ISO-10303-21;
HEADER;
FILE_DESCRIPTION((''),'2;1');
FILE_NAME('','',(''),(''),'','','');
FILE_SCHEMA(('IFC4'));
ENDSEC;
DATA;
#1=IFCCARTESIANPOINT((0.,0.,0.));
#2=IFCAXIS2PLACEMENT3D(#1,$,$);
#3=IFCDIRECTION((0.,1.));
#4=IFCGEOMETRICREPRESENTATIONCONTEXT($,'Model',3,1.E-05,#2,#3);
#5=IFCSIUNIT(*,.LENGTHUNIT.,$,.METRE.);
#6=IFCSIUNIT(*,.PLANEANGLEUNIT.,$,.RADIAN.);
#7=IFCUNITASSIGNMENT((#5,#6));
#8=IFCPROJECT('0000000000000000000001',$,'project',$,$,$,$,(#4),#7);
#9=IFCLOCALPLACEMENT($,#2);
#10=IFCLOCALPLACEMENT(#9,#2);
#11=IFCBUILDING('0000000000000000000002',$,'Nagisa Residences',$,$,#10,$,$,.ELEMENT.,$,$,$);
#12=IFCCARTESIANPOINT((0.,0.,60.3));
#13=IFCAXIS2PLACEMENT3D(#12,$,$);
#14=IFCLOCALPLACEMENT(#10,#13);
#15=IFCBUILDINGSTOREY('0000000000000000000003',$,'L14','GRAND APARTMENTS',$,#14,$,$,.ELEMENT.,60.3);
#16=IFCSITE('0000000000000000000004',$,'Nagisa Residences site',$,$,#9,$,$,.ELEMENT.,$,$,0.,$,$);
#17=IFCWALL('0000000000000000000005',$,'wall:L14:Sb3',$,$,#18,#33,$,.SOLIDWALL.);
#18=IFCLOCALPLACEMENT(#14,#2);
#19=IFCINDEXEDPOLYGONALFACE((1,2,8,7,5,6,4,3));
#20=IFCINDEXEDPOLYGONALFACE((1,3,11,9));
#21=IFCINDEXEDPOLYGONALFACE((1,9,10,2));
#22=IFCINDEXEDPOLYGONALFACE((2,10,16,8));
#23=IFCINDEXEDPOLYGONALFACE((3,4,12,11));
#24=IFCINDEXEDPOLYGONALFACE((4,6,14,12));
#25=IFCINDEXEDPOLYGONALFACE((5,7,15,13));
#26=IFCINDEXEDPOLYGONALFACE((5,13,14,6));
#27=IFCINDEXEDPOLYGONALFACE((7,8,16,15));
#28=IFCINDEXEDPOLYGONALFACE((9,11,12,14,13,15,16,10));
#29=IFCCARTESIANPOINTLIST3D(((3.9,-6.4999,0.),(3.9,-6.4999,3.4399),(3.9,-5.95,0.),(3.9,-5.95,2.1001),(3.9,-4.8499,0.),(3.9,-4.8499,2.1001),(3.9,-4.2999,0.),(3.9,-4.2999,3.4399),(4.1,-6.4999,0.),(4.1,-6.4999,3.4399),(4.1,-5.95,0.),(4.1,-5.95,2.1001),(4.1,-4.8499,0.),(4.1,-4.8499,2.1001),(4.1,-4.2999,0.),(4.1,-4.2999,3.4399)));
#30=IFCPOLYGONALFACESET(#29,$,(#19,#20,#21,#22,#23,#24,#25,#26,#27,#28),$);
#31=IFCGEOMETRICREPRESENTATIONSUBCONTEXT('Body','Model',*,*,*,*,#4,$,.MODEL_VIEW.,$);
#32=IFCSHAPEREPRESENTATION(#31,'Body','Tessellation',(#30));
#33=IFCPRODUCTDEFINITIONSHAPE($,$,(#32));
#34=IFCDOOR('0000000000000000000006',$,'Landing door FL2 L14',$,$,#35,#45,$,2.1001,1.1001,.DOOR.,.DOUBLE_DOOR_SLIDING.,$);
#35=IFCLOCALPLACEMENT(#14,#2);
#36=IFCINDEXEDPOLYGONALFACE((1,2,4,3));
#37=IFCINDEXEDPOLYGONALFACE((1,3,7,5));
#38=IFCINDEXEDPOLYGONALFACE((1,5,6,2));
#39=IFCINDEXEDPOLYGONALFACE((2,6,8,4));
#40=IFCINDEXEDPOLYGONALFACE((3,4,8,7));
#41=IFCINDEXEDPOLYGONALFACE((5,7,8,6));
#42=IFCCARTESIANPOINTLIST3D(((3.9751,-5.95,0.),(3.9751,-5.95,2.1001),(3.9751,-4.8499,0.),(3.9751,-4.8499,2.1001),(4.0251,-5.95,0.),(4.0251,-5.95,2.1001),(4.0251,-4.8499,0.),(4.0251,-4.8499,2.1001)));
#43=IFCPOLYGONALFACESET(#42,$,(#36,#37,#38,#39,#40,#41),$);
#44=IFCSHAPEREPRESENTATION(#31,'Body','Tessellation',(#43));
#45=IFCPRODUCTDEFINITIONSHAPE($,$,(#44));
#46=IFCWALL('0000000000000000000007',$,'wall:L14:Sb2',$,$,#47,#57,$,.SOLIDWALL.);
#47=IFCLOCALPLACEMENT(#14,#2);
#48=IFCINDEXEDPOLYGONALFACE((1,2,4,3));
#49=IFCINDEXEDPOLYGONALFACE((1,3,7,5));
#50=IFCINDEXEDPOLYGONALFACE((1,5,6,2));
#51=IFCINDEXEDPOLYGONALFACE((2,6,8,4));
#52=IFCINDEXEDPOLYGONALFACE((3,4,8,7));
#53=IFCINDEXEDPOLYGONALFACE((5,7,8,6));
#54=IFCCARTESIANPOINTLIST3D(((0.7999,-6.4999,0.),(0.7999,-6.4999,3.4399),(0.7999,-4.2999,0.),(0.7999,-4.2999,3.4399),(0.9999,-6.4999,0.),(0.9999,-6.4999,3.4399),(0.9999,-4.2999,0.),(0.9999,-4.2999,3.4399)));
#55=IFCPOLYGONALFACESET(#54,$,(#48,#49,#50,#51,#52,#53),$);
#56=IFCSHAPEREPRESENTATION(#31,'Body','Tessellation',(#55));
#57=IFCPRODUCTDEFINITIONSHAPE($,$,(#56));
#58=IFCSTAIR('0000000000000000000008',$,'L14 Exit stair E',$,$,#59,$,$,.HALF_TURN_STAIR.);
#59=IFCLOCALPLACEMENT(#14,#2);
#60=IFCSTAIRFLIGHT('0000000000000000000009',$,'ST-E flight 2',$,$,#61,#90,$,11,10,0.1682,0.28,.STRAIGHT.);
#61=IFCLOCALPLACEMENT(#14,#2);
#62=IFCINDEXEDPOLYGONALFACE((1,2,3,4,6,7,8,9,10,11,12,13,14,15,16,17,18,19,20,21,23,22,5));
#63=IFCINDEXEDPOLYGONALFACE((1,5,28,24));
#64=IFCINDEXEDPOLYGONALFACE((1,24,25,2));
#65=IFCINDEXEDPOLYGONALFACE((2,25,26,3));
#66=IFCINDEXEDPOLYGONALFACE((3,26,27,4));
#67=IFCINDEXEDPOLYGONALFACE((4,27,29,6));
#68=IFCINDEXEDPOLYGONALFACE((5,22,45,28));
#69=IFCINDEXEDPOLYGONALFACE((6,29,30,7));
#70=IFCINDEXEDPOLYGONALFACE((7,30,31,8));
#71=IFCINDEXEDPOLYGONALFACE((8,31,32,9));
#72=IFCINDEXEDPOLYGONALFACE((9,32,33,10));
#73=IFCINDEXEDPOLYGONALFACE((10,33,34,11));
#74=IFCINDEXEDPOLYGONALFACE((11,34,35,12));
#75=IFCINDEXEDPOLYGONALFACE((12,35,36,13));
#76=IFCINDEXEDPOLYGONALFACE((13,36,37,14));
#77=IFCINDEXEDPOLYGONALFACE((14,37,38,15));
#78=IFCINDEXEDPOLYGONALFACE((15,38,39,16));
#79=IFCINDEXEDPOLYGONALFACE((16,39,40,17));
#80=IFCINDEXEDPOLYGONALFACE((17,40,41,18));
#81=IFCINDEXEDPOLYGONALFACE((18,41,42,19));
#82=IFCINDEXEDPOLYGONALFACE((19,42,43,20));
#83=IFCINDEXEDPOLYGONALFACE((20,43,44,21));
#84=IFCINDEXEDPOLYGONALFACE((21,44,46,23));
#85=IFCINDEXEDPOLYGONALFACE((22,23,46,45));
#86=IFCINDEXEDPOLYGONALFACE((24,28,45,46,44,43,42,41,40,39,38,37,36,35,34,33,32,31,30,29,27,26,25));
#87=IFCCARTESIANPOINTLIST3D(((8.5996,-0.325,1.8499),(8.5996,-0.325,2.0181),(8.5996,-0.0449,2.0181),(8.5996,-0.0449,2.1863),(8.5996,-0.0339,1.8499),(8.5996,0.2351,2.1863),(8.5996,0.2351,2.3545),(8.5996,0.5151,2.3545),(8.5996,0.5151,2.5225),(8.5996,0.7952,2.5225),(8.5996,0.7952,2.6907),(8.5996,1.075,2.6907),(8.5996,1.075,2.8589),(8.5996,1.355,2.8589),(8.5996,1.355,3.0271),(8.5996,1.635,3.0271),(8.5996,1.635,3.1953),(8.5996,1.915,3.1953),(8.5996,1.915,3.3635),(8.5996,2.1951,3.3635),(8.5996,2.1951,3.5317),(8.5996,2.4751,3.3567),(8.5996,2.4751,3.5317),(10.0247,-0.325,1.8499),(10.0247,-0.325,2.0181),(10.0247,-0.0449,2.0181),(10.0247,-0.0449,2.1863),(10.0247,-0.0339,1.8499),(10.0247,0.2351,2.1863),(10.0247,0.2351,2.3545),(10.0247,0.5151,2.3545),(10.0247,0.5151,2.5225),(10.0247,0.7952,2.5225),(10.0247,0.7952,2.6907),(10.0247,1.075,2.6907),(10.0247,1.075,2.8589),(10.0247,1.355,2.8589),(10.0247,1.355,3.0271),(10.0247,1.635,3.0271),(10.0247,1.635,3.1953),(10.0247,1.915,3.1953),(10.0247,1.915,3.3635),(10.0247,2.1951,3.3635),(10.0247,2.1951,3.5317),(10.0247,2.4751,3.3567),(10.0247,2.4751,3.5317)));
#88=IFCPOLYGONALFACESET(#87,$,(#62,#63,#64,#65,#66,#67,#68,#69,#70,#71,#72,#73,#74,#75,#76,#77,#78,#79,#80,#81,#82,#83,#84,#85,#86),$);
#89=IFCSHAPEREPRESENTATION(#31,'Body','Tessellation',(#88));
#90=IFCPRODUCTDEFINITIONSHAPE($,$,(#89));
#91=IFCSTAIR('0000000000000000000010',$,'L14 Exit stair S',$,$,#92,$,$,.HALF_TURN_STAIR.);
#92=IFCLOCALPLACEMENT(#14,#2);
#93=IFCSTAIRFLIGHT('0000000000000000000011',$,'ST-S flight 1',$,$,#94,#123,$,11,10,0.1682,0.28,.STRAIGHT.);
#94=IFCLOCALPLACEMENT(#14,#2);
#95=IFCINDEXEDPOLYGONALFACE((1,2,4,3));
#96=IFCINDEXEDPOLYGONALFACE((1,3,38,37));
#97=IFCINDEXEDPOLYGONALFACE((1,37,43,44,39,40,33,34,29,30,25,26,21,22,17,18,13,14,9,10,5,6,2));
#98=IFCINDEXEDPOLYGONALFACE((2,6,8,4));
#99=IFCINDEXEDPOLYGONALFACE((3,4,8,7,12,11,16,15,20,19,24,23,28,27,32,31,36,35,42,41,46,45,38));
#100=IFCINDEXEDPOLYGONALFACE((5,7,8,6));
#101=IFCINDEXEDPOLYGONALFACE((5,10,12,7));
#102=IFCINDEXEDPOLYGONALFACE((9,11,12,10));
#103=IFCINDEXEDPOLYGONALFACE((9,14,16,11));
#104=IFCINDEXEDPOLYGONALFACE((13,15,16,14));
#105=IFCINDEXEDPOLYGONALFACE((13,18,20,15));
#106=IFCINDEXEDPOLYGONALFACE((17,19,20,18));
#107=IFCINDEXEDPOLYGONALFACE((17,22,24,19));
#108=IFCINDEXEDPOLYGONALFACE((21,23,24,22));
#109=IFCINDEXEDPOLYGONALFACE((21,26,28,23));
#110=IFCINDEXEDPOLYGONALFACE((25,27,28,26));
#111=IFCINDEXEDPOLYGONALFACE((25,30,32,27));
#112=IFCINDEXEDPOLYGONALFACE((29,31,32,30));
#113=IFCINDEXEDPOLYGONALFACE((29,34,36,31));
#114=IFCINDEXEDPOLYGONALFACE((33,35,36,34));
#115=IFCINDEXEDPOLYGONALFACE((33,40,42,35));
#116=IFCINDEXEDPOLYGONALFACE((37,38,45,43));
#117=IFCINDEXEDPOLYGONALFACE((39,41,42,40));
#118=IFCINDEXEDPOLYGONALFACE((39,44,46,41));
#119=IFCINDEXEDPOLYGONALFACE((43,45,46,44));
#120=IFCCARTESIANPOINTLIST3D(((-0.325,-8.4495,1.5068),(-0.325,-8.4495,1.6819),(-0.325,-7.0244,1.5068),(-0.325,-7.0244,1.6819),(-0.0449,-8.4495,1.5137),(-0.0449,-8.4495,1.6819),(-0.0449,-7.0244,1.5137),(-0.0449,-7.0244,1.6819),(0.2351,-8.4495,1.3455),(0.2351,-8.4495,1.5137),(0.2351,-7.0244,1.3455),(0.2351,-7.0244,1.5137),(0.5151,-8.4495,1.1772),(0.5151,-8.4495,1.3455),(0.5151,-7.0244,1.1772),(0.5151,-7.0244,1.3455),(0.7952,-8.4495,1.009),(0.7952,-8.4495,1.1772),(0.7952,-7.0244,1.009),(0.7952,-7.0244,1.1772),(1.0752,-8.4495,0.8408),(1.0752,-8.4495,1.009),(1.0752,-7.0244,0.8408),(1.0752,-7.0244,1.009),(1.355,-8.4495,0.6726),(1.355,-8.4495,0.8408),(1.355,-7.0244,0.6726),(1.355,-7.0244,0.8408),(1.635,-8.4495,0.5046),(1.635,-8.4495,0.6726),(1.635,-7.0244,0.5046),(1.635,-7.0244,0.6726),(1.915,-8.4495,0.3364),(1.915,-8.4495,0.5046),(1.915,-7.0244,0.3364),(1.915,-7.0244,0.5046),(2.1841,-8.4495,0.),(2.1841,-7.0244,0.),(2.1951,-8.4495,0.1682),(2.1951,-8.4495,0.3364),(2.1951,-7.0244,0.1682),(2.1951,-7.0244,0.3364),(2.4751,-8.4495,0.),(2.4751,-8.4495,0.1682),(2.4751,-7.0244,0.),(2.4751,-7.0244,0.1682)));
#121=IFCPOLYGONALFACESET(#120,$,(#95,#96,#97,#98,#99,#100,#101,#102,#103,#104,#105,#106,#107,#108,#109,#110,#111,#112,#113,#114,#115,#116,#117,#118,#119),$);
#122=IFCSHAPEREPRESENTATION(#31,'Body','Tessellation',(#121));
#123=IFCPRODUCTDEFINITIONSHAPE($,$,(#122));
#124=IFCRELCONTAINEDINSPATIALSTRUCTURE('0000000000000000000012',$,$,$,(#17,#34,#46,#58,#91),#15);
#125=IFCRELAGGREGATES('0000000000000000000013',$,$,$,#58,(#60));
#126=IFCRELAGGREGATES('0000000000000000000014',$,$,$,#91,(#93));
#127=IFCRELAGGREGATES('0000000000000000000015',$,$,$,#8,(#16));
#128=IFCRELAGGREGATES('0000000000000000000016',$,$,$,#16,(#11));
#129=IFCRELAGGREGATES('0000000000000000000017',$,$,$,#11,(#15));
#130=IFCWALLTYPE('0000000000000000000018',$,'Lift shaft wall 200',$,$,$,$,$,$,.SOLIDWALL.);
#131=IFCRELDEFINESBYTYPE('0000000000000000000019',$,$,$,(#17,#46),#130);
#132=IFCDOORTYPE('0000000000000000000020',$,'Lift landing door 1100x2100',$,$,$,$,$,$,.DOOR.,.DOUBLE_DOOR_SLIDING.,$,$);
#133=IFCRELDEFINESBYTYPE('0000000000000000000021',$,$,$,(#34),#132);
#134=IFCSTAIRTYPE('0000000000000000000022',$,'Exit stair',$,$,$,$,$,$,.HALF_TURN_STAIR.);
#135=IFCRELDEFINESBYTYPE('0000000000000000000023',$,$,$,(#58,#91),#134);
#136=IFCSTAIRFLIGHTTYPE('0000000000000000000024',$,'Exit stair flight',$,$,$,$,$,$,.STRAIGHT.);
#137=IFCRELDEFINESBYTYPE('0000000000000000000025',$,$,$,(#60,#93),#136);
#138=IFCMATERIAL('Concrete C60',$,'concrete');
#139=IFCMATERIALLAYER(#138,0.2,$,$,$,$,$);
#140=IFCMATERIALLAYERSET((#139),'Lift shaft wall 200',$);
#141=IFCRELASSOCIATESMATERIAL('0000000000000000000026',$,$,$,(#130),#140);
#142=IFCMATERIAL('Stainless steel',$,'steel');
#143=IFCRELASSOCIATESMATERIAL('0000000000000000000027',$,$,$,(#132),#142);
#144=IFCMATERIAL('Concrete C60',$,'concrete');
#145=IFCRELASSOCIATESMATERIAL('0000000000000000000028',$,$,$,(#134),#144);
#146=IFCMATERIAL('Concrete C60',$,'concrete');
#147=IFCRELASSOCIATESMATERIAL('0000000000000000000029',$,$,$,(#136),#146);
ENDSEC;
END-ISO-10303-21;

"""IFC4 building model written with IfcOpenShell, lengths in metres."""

from ifc_helpers import new_model, si_unit, direction, frame, frame_2d, origin, place, context, subcontext, project, spatial, polyline, rectangle, outline, extrude, material, layer, layer_set, type_object, element, fill, aggregate, save


model = new_model("IFC4")

# Units and contexts
model_context = context("Model", 3, precision=1e-05, world=origin(), true_north=direction((0.0, 1.0)))
body_context = subcontext(model_context, "Body", "Model", "MODEL_VIEW")
ifc_project = project(units=[si_unit("LENGTHUNIT", "METRE"), si_unit("PLANEANGLEUNIT", "RADIAN")], contexts=[model_context])

# Site, building, storey
site_placement = place(None, origin())
site = spatial("IfcSite", under=ifc_project, at=site_placement, Name="Nagisa Residences site", CompositionType="ELEMENT", RefElevation=0.0)
building_placement = place(site_placement, origin())
building = spatial("IfcBuilding", under=site, at=building_placement, Name="Nagisa Residences", CompositionType="ELEMENT")
storey_placement = place(building_placement, frame((0.0, 0.0, 60.3)))
storey = spatial("IfcBuildingStorey", under=building, at=storey_placement, Name="L14", Description="GRAND APARTMENTS", CompositionType="ELEMENT", Elevation=60.3)

# Wall, opening, door
ifc_material_1 = material(Name="Concrete C60", Category="concrete")
ifc_layer_1 = layer(ifc_material_1, 0.2)
ifc_layer_set_1 = layer_set([ifc_layer_1], Name="Lift shaft wall 200")
wall_type_1 = type_object("IfcWallType", Name="Lift shaft wall 200", PredefinedType="SOLIDWALL", material=ifc_layer_set_1)
wall_1_placement = place(storey_placement, frame((4.0, -6.5, 0.0), z_axis=(0.0, 0.0, 1.0), x_axis=(0.0, 1.0, 0.0)))
wall_1 = element("IfcWall", 1, at=wall_1_placement, inside=storey, type_object=wall_type_1, Name="wall:L14:Sb3", PredefinedType="SOLIDWALL", context=body_context, shape_type="SweptSolid", body=[
    extrude(rectangle(XDim=2.2, YDim=0.2, at=frame_2d((1.1001, 0.0))), origin(), (0.0, 0.0, 1.0), 3.4399),
])
opening_placement = place(wall_1_placement, frame((0.55, 0.0, 0.0)))
opening = element("IfcOpeningElement", 2, at=opening_placement, cuts=wall_1, PredefinedType="OPENING", context=body_context, shape_type="SweptSolid", body=[
    extrude(rectangle(XDim=1.1001, YDim=2.1001, at=frame_2d((0.55, 1.05))), frame((0.0, 0.1099, 0.0), z_axis=(0.0, -1.0, 0.0), x_axis=(1.0, 0.0, 0.0)), (0.0, 0.0, 1.0), 0.22),
])
ifc_material_2 = material(Name="Stainless steel", Category="steel")
door_type = type_object("IfcDoorType", Name="Lift landing door 1100x2100", OperationType="DOUBLE_DOOR_SLIDING", PredefinedType="DOOR", material=ifc_material_2)
door_placement = place(opening_placement, origin())
door = element("IfcDoor", 3, at=door_placement, inside=storey, type_object=door_type, Name="Landing door FL2 L14", OperationType="DOUBLE_DOOR_SLIDING", OverallHeight=2.1001, OverallWidth=1.1001, PredefinedType="DOOR", context=body_context, shape_type="SweptSolid", body=[
    extrude(rectangle(XDim=1.1001, YDim=2.1001, at=frame_2d((0.55, 1.05))), frame((0.0, 0.0249, 0.0), z_axis=(0.0, -1.0, 0.0), x_axis=(1.0, 0.0, 0.0)), (0.0, 0.0, 1.0), 0.05),
])
fill(opening, door)

# Wall
wall_2_placement = place(storey_placement, frame((0.8999, -6.5, 0.0), z_axis=(0.0, 0.0, 1.0), x_axis=(0.0, 1.0, 0.0)))
element("IfcWall", 4, at=wall_2_placement, inside=storey, type_object=wall_type_1, Name="wall:L14:Sb2", PredefinedType="SOLIDWALL", context=body_context, shape_type="SweptSolid", body=[
    extrude(rectangle(XDim=2.2, YDim=0.2, at=frame_2d((1.1001, 0.0))), origin(), (0.0, 0.0, 1.0), 3.4399),
])

# Stairs, stair flights
ifc_material_3 = material(Name="Concrete C60", Category="concrete")
stair_type = type_object("IfcStairType", Name="Exit stair", PredefinedType="HALF_TURN_STAIR", material=ifc_material_3)
stair_1_placement = place(storey_placement, origin())
stair_1 = element("IfcStair", 5, at=stair_1_placement, inside=storey, type_object=stair_type, Name="L14 Exit stair E", PredefinedType="HALF_TURN_STAIR")
ifc_material_4 = material(Name="Concrete C60", Category="concrete")
stair_flight_type = type_object("IfcStairFlightType", Name="Exit stair flight", PredefinedType="STRAIGHT", material=ifc_material_4)
stair_flight_1_placement = place(storey_placement, frame((9.312, -0.325, 1.8499), z_axis=(0.0, 0.0, 1.0), x_axis=(0.0, 1.0, 0.0)))
stair_flight_1 = element("IfcStairFlight", 6, at=stair_flight_1_placement, type_object=stair_flight_type, Name="ST-E flight 2", NumberOfRisers=11, NumberOfTreads=10, PredefinedType="STRAIGHT", RiserHeight=0.1682, TreadLength=0.28, context=body_context, shape_type="SweptSolid", body=[
    extrude(outline(polyline([(0.0, 0.0), (0.0, 0.1682), (0.28, 0.1682), (0.28, 0.3364), (0.5601, 0.3364), (0.5601, 0.5046), (0.8401, 0.5046), (0.8401, 0.6726), (1.1201, 0.6726), (1.1201, 0.8408), (1.3999, 0.8408), (1.3999, 1.009), (1.6799, 1.009), (1.6799, 1.1772), (1.96, 1.1772), (1.96, 1.3455), (2.24, 1.3455), (2.24, 1.5137), (2.52, 1.5137), (2.52, 1.6819), (2.8, 1.6819), (2.8, 1.8501), (2.8, 1.5068), (0.291, 0.0), (0.0, 0.0)])), frame((0.0, 0.7124, 0.0), z_axis=(0.0, -1.0, 0.0), x_axis=(1.0, 0.0, 0.0)), (0.0, 0.0, 1.0), 1.425),
])
aggregate(stair_1, [stair_flight_1])
stair_2_placement = place(storey_placement, origin())
stair_2 = element("IfcStair", 7, at=stair_2_placement, inside=storey, type_object=stair_type, Name="L14 Exit stair S", PredefinedType="HALF_TURN_STAIR")
stair_flight_2_placement = place(storey_placement, frame((2.4751, -7.7371, 0.0), z_axis=(0.0, 0.0, 1.0), x_axis=(-1.0, 0.0, 0.0)))
stair_flight_2 = element("IfcStairFlight", 8, at=stair_flight_2_placement, type_object=stair_flight_type, Name="ST-S flight 1", NumberOfRisers=11, NumberOfTreads=10, PredefinedType="STRAIGHT", RiserHeight=0.1682, TreadLength=0.28, context=body_context, shape_type="SweptSolid", body=[
    extrude(outline(polyline([(0.0, 0.0), (0.0, 0.1682), (0.28, 0.1682), (0.28, 0.3364), (0.5601, 0.3364), (0.5601, 0.5046), (0.8401, 0.5046), (0.8401, 0.6726), (1.1201, 0.6726), (1.1201, 0.8408), (1.3999, 0.8408), (1.3999, 1.009), (1.6799, 1.009), (1.6799, 1.1772), (1.96, 1.1772), (1.96, 1.3455), (2.24, 1.3455), (2.24, 1.5137), (2.52, 1.5137), (2.52, 1.6819), (2.8, 1.6819), (2.8, 1.8501), (2.8, 1.5068), (0.291, 0.0), (0.0, 0.0)])), frame((0.0, 0.7124, 0.0), z_axis=(0.0, -1.0, 0.0), x_axis=(1.0, 0.0, 0.0)), (0.0, 0.0, 1.0), 1.425),
])
aggregate(stair_2, [stair_flight_2])

save(model, "model.ifc")
